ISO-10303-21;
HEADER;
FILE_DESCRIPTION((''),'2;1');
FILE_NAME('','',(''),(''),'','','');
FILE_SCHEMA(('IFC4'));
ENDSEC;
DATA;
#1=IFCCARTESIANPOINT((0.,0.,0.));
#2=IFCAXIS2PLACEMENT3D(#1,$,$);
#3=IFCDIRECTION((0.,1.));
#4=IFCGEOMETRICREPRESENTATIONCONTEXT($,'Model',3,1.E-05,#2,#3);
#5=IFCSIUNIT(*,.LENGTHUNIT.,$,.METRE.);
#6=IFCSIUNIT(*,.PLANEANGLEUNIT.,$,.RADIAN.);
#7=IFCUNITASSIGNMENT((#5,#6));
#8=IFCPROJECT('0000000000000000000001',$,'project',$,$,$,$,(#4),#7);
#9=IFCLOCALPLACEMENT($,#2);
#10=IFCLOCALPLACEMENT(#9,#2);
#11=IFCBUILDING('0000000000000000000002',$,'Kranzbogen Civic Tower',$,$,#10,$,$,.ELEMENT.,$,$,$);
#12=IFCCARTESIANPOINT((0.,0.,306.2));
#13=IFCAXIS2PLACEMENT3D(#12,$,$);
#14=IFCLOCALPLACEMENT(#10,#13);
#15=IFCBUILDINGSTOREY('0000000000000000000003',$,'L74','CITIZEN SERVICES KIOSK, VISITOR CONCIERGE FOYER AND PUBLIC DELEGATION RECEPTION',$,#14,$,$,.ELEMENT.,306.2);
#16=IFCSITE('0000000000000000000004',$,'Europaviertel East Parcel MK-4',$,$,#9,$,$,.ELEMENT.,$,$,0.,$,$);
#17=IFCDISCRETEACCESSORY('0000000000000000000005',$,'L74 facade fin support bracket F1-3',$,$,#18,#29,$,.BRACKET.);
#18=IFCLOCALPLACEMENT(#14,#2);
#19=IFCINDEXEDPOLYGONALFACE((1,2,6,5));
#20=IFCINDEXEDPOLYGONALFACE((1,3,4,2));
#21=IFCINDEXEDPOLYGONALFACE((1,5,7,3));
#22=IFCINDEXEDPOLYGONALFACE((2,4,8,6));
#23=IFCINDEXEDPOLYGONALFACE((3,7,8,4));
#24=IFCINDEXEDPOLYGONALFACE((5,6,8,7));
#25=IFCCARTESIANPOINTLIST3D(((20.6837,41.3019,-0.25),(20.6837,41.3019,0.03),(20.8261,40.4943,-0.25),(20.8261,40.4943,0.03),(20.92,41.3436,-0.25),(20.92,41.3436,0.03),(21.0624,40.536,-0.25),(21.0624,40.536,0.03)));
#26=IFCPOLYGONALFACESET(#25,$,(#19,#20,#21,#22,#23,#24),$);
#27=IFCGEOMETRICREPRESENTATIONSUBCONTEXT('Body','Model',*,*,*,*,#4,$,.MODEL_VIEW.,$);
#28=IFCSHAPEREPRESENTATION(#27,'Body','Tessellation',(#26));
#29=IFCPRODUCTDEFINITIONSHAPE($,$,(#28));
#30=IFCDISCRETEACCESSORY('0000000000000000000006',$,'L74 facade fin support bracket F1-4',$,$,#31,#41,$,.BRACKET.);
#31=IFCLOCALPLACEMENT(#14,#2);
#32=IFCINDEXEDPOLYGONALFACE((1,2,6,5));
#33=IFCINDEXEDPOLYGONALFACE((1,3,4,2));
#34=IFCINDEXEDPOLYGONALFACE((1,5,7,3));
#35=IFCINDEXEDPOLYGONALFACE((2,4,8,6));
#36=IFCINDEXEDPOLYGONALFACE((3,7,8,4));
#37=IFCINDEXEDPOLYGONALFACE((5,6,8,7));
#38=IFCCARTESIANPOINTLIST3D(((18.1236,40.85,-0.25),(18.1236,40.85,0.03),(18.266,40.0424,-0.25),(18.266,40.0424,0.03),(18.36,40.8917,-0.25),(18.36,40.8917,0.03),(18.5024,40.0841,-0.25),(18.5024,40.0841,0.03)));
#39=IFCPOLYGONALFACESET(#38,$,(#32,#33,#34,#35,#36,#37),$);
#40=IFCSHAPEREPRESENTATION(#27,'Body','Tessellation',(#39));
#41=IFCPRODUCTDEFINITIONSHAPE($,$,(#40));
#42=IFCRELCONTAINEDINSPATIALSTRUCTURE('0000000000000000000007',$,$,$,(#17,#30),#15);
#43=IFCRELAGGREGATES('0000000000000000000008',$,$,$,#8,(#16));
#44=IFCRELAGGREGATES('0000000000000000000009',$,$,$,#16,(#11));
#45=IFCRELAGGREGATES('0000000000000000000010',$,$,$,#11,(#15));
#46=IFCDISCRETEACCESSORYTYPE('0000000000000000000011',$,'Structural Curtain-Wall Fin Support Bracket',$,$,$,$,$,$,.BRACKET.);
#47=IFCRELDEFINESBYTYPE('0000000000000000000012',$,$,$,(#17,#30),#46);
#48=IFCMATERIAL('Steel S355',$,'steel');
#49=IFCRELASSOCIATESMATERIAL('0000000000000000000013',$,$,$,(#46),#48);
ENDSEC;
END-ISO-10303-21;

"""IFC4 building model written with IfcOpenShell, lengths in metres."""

from ifc_helpers import new_model, si_unit, direction, frame, origin, origin_2d, place, context, subcontext, project, spatial, rectangle, extrude, material, type_object, element, save


model = new_model("IFC4")

# Units and contexts
model_context = context("Model", 3, precision=1e-05, world=origin(), true_north=direction((0.0, 1.0)))
body_context = subcontext(model_context, "Body", "Model", "MODEL_VIEW")
ifc_project = project(units=[si_unit("LENGTHUNIT", "METRE"), si_unit("PLANEANGLEUNIT", "RADIAN")], contexts=[model_context])

# Site, building, storey
site_placement = place(None, origin())
site = spatial("IfcSite", under=ifc_project, at=site_placement, Name="Europaviertel East Parcel MK-4", CompositionType="ELEMENT", RefElevation=0.0)
building_placement = place(site_placement, origin())
building = spatial("IfcBuilding", under=site, at=building_placement, Name="Kranzbogen Civic Tower", CompositionType="ELEMENT")
storey_placement = place(building_placement, frame((0.0, 0.0, 306.2)))
storey = spatial("IfcBuildingStorey", under=building, at=storey_placement, Name="L74", Description="CITIZEN SERVICES KIOSK, VISITOR CONCIERGE FOYER AND PUBLIC DELEGATION RECEPTION", CompositionType="ELEMENT", Elevation=306.2)

# Shared definitions
ifc_material_1 = material(Name="Steel S355", Category="steel")

# Discrete accessories
discrete_accessory_type = type_object("IfcDiscreteAccessoryType", Name="Structural Curtain-Wall Fin Support Bracket", PredefinedType="BRACKET", material=ifc_material_1)
for number, where, z_axis, x_axis, name in (
    (1, (20.873, 40.9189, -0.25), (0.0, 0.0, 1.0), (-0.173648, 0.984808, 0.0), "L74 facade fin support bracket F1-3"),
    (2, (18.313, 40.467, -0.25), (0.0, 0.0, 1.0), (-0.173648, 0.984808, 0.0), "L74 facade fin support bracket F1-4"),
):
    element("IfcDiscreteAccessory", number, at=place(storey_placement, frame(where, z_axis=z_axis, x_axis=x_axis)), inside=storey, type_object=discrete_accessory_type, Name=name, PredefinedType="BRACKET", context=body_context, shape_type="SweptSolid", body=[
        extrude(rectangle(XDim=0.8201, YDim=0.24, at=origin_2d()), origin(), (0.0, 0.0, 1.0), 0.28),
    ])

save(model, "model.ifc")
